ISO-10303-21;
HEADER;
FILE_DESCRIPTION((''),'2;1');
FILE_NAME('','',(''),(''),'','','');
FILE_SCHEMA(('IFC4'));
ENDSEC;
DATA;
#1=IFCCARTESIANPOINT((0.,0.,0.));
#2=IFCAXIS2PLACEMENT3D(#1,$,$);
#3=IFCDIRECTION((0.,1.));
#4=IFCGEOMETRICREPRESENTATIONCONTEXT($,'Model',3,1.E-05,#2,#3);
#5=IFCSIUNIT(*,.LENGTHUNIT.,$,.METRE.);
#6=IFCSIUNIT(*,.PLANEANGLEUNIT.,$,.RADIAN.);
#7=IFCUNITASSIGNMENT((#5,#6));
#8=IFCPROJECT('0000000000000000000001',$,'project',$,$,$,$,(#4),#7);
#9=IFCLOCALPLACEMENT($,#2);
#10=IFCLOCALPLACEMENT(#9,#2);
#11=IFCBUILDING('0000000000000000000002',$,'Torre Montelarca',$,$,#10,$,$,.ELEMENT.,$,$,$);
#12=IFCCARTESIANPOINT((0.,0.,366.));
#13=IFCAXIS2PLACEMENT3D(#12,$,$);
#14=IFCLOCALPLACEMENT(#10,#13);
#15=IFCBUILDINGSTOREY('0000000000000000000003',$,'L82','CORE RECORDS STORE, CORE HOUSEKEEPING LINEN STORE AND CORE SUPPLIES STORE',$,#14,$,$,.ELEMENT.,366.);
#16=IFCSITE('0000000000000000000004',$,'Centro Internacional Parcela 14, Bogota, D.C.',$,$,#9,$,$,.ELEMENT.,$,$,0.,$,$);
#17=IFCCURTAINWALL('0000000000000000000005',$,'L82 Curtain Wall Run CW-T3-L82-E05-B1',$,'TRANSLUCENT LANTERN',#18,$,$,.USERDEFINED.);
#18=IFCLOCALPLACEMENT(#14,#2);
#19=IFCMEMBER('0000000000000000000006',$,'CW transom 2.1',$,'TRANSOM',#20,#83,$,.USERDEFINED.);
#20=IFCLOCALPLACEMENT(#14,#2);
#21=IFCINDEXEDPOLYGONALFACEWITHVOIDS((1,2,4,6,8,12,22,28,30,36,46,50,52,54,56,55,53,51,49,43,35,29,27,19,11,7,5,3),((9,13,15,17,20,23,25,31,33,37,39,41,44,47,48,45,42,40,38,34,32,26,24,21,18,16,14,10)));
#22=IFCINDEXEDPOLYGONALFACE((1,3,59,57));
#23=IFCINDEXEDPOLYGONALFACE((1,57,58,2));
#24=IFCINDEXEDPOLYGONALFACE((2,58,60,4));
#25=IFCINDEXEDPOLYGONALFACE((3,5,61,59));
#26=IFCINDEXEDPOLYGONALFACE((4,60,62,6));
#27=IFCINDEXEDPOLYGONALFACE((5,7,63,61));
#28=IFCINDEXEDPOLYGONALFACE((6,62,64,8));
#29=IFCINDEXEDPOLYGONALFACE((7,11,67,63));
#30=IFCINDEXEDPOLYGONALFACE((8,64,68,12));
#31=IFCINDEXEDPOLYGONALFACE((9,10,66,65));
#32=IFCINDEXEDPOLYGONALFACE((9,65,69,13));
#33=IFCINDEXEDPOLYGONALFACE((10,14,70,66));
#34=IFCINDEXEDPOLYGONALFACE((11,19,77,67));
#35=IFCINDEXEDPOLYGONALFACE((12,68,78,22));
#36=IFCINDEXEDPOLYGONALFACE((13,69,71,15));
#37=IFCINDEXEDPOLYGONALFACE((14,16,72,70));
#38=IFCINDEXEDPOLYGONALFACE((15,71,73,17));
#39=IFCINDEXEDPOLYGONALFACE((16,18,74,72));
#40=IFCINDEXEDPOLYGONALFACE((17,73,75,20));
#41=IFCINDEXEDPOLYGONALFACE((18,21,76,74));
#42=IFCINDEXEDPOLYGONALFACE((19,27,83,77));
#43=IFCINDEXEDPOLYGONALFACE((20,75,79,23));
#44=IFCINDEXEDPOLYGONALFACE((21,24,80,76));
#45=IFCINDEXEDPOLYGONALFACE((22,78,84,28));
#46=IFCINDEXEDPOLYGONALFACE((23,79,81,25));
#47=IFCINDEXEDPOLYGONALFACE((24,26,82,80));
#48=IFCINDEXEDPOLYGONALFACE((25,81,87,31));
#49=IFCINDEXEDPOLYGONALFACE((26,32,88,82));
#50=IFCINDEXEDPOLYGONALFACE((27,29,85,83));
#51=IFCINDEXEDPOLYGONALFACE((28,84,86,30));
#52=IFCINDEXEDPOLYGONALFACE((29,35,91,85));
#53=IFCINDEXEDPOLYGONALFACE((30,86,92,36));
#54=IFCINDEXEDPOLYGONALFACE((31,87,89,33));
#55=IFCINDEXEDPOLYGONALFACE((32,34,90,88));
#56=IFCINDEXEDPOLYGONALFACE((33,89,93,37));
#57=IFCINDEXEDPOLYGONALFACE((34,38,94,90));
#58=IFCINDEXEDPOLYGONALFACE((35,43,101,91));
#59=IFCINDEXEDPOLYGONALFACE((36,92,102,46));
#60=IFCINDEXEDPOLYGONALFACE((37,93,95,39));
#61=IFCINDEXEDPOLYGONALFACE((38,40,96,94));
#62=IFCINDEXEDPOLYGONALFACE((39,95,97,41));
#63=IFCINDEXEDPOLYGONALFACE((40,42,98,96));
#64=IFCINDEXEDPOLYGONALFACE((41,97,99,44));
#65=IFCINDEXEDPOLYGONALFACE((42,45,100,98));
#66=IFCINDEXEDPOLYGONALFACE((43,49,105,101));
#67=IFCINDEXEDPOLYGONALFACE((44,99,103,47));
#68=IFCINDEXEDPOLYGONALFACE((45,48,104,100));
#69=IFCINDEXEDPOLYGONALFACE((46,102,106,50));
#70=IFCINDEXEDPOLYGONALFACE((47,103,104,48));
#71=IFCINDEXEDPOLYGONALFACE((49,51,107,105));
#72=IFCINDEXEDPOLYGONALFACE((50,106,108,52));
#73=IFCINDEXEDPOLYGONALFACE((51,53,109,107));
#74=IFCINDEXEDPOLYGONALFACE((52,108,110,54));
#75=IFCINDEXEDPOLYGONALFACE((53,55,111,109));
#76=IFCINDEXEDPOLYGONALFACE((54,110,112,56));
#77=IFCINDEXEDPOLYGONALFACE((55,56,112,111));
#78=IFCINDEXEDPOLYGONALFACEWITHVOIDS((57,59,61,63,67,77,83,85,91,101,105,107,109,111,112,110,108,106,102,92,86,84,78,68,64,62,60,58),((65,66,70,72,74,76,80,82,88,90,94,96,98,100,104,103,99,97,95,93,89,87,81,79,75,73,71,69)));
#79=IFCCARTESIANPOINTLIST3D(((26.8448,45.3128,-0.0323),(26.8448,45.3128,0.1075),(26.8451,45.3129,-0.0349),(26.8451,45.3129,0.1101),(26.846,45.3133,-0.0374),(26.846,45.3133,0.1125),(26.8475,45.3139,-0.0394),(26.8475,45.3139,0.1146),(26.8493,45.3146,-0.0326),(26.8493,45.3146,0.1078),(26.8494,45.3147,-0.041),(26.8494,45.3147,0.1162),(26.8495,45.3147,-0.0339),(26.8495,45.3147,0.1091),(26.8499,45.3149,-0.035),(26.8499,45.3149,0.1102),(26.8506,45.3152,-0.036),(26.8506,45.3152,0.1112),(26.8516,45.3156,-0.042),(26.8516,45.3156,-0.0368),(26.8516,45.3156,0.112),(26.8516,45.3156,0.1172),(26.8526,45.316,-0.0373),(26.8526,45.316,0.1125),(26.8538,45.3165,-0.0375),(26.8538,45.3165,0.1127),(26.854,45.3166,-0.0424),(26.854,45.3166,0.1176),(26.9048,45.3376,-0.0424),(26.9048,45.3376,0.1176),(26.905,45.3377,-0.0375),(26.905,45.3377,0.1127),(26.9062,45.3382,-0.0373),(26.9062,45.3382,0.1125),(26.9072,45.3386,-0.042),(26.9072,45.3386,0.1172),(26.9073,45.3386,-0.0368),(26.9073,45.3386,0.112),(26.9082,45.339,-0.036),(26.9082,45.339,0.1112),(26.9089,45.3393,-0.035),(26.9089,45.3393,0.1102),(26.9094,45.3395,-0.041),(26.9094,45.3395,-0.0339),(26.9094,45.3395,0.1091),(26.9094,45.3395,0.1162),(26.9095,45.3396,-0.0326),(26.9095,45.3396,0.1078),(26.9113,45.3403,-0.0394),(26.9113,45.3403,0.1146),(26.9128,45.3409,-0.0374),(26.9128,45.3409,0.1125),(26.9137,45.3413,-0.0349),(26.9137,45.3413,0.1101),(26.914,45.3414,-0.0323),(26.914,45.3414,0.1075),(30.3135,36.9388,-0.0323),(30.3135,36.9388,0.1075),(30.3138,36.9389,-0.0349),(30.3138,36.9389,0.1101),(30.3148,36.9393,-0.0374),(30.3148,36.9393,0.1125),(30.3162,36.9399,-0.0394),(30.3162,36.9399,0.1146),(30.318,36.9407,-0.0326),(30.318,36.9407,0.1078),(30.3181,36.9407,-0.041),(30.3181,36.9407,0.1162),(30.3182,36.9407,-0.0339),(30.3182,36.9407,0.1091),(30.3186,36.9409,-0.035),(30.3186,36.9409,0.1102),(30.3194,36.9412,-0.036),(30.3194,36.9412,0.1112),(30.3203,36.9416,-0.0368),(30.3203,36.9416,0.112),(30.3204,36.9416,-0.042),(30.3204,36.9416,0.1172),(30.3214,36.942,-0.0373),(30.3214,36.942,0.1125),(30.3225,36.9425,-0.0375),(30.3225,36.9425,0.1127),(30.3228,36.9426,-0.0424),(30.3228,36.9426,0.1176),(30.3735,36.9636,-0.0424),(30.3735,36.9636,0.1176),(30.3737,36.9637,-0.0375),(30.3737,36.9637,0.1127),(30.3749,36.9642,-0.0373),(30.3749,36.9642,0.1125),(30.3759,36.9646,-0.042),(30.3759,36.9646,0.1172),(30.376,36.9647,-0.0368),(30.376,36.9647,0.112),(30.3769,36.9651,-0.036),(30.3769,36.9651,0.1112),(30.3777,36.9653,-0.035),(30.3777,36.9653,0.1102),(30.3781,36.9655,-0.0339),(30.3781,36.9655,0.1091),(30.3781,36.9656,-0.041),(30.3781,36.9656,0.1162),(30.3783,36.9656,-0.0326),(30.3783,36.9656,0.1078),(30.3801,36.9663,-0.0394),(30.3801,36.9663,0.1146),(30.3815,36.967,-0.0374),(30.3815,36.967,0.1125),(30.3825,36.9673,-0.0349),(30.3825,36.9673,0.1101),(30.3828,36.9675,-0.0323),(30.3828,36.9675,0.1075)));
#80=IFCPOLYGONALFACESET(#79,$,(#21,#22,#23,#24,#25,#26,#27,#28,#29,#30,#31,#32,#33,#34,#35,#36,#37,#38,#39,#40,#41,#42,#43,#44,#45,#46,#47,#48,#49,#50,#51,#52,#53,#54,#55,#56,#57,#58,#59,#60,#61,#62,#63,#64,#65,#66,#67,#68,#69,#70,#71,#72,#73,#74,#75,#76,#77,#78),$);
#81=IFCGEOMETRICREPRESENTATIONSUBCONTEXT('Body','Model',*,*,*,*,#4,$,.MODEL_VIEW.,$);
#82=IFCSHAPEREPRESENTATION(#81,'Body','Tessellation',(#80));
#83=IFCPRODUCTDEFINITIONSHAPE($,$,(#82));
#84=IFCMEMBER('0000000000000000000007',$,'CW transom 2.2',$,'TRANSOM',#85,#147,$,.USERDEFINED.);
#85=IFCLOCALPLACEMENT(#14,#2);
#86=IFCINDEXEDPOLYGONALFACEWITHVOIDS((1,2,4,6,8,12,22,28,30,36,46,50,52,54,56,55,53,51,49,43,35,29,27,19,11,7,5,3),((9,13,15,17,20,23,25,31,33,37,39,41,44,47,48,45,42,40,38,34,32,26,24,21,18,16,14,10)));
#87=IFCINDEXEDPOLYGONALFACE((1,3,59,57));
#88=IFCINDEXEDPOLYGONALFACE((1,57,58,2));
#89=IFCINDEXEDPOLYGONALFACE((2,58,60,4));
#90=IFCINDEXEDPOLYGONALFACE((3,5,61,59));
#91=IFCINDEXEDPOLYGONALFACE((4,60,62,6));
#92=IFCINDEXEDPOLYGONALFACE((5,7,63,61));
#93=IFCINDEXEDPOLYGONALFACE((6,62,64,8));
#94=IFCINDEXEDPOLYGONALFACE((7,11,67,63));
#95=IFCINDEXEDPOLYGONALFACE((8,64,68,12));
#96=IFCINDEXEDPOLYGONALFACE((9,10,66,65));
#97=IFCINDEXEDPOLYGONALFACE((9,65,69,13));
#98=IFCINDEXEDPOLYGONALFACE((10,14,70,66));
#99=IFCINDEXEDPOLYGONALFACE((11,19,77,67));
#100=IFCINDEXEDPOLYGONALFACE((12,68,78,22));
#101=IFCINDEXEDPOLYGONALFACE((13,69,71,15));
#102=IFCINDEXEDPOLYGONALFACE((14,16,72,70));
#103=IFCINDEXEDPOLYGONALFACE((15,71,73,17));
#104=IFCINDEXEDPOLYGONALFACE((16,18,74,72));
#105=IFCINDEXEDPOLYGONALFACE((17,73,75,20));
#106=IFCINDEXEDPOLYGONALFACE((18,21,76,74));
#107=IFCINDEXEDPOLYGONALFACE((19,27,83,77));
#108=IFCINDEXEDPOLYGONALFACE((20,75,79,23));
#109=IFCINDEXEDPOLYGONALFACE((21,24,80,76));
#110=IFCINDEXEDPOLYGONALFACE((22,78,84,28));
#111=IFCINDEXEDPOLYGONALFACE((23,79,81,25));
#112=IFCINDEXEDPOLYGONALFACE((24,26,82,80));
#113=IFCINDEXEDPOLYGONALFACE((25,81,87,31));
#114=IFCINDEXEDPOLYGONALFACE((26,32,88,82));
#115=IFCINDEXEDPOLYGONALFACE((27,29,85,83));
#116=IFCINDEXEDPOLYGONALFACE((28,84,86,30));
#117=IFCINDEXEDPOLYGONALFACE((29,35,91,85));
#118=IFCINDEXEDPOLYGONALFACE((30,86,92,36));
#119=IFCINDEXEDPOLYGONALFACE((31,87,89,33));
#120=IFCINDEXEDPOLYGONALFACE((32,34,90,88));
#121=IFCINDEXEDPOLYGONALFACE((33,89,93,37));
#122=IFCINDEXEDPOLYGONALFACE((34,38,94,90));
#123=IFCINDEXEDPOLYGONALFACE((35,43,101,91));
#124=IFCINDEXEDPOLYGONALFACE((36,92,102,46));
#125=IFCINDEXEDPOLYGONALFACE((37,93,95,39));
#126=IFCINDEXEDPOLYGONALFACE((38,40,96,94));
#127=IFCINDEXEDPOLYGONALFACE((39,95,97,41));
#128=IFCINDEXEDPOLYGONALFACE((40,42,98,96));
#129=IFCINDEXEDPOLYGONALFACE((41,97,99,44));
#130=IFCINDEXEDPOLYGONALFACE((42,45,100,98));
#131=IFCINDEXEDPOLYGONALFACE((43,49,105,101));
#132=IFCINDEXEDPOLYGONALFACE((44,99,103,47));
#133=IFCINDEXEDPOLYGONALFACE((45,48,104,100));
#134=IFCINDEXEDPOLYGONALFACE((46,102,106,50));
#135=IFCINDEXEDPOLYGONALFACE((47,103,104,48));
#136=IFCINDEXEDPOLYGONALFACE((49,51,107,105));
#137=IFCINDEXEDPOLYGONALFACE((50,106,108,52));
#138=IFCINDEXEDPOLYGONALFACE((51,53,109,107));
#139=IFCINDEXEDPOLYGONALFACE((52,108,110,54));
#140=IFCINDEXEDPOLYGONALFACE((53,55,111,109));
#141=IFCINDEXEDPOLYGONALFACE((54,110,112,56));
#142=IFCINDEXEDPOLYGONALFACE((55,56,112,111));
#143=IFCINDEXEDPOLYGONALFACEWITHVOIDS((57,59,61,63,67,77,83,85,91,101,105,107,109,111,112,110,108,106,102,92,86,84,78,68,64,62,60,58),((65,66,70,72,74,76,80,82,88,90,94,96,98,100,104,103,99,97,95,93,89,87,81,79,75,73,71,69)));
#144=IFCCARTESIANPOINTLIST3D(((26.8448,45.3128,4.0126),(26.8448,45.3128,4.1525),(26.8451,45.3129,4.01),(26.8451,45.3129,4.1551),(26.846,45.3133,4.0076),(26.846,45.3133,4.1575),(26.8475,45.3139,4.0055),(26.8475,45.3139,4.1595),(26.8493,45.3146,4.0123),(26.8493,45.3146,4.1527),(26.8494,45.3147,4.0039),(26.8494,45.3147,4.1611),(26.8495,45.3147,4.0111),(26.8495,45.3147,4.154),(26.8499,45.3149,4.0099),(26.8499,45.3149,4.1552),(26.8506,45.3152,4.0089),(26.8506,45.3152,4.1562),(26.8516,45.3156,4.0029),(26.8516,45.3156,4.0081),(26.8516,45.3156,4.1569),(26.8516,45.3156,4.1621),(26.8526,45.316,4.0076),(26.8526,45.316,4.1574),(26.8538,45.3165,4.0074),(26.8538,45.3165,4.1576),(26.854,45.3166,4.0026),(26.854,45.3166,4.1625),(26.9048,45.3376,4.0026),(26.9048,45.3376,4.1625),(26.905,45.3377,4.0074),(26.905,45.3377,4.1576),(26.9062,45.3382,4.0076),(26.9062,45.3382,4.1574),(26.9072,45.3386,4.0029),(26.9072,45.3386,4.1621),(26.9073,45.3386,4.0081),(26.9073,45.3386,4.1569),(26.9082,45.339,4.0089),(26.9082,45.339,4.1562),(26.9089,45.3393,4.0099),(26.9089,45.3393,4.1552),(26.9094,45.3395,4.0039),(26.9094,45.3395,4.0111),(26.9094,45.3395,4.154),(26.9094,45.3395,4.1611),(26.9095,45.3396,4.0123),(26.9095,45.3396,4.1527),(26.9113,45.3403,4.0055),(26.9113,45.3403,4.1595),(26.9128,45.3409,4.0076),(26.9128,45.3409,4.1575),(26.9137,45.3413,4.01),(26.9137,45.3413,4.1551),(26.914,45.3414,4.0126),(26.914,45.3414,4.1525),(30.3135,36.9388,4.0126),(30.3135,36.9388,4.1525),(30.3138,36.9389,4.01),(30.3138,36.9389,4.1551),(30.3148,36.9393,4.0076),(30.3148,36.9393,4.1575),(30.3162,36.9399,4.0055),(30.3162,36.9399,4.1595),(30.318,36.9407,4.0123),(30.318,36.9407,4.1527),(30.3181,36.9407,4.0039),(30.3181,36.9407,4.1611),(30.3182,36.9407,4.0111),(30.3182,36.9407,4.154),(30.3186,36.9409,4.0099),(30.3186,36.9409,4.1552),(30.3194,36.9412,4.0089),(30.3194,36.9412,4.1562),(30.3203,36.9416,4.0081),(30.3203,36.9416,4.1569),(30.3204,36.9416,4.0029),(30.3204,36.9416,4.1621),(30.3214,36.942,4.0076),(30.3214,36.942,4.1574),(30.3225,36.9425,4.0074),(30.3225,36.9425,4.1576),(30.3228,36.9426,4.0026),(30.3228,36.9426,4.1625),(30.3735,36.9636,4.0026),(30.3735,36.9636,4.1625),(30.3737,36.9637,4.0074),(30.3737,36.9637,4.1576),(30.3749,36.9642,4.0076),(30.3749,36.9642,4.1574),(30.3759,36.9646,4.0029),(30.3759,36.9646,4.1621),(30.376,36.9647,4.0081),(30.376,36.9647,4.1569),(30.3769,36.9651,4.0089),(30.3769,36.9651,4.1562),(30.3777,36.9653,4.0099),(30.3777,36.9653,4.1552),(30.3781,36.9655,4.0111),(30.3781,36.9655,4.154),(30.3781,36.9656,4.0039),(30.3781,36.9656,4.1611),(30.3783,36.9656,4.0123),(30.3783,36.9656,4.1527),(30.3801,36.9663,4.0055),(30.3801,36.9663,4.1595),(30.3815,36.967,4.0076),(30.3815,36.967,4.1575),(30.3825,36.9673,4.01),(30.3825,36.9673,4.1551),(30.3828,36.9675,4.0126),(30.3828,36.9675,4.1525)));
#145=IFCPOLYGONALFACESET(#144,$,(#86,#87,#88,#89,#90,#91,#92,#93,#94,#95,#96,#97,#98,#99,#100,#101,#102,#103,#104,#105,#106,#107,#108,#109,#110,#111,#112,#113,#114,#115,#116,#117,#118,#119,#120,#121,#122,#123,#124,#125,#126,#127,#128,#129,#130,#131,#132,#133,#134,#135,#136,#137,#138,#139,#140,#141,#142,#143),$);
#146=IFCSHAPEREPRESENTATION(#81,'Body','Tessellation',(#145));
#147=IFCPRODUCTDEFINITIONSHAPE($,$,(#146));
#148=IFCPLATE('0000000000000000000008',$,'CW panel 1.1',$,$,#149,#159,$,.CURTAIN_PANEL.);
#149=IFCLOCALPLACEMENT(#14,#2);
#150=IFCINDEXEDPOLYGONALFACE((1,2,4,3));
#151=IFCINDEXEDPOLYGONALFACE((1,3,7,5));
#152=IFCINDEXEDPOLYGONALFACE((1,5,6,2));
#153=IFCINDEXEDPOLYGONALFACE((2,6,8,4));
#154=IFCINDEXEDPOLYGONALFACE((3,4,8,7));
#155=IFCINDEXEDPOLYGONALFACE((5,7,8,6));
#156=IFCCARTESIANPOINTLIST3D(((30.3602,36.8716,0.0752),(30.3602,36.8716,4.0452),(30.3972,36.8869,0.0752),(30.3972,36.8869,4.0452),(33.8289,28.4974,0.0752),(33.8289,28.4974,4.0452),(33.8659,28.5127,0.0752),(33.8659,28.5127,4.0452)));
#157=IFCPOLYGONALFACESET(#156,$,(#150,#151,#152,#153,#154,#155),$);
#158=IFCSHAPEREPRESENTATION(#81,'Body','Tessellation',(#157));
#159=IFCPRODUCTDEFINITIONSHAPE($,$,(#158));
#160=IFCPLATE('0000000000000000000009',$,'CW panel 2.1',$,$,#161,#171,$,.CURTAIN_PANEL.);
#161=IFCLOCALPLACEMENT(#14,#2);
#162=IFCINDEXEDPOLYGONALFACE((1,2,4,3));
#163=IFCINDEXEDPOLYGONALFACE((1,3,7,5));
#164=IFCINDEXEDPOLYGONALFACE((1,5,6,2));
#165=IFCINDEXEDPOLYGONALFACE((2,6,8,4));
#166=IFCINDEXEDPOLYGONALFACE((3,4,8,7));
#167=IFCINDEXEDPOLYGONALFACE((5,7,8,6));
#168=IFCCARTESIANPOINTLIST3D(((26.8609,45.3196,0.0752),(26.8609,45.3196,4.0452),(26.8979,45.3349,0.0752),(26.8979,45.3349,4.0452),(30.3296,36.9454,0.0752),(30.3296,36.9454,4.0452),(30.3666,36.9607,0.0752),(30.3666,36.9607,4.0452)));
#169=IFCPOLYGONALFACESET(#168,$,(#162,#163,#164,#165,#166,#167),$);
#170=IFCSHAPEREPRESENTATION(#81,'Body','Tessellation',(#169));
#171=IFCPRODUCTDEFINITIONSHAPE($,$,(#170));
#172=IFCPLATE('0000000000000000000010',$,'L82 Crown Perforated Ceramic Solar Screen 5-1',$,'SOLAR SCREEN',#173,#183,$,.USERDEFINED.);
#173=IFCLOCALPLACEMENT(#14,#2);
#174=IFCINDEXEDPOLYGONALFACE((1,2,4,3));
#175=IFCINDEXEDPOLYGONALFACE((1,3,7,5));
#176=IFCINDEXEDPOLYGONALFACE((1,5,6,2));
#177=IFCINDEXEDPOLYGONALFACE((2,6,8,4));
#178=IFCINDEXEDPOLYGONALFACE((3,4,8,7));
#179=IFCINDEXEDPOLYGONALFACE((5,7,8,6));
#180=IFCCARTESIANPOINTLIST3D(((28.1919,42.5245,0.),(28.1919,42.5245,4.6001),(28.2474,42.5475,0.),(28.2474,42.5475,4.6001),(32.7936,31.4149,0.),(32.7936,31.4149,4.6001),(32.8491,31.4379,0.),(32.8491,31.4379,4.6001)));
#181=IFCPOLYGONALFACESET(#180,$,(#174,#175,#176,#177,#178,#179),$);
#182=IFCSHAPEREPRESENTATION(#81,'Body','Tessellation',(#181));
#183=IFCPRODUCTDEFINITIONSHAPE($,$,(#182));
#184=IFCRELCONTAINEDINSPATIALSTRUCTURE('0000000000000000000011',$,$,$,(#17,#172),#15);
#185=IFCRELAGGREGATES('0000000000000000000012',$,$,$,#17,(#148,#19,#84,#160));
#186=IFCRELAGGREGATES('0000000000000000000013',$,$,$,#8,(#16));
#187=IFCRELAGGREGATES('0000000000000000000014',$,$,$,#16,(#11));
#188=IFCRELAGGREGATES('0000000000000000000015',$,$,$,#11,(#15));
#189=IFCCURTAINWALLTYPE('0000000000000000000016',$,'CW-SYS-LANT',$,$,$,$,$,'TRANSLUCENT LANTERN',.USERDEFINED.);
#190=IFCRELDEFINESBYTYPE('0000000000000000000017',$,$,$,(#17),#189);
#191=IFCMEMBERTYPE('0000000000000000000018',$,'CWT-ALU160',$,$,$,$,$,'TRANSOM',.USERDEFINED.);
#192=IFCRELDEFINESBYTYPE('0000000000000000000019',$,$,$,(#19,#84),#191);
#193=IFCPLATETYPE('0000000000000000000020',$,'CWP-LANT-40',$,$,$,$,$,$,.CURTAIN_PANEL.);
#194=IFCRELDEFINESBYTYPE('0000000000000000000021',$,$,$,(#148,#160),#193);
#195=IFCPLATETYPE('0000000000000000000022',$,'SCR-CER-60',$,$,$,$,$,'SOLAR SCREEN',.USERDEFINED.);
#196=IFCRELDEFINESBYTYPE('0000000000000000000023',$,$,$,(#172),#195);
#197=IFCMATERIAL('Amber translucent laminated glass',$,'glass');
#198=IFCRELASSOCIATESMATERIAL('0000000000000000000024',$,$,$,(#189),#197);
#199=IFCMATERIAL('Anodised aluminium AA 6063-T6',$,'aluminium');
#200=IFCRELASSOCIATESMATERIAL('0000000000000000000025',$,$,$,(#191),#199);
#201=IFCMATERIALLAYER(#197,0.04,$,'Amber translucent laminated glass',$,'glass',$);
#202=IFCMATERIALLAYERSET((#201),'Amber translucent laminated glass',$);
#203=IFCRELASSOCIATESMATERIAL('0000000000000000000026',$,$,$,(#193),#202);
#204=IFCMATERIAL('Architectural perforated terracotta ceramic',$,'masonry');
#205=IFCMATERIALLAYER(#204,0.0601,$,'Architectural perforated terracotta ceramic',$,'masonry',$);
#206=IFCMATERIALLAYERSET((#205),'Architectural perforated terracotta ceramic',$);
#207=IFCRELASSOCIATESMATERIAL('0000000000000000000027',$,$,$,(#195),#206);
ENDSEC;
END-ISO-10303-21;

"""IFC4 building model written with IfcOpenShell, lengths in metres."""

from ifc_helpers import new_model, si_unit, direction, frame, origin, origin_2d, place, context, subcontext, project, spatial, rectangle, hollow_rectangle, extrude, source, transform, mapped, material, layer, layer_set, material_profile, profile_set, type_object, element, aggregate, save


model = new_model("IFC4")

# Units and contexts
model_context = context("Model", 3, precision=1e-05, world=origin(), true_north=direction((0.0, 1.0)))
body_context = subcontext(model_context, "Body", "Model", "MODEL_VIEW")
ifc_project = project(units=[si_unit("LENGTHUNIT", "METRE"), si_unit("PLANEANGLEUNIT", "RADIAN")], contexts=[model_context])

# Site, building, storey
site_placement = place(None, origin())
site = spatial("IfcSite", under=ifc_project, at=site_placement, Name="Centro Internacional Parcela 14, Bogota, D.C.", CompositionType="ELEMENT", RefElevation=0.0)
building_placement = place(site_placement, origin())
building = spatial("IfcBuilding", under=site, at=building_placement, Name="Torre Montelarca", CompositionType="ELEMENT")
storey_placement = place(building_placement, frame((0.0, 0.0, 366.0)))
storey = spatial("IfcBuildingStorey", under=building, at=storey_placement, Name="L82", Description="CORE RECORDS STORE, CORE HOUSEKEEPING LINEN STORE AND CORE SUPPLIES STORE", CompositionType="ELEMENT", Elevation=366.0)

# Curtain wall, members, plates
ifc_material_1 = material(Name="Amber translucent laminated glass", Category="glass")
curtain_wall_type = type_object("IfcCurtainWallType", Name="CW-SYS-LANT", ElementType="TRANSLUCENT LANTERN", PredefinedType="USERDEFINED", material=ifc_material_1)
curtain_wall_placement = place(storey_placement, origin())
curtain_wall = element("IfcCurtainWall", 1, at=curtain_wall_placement, inside=storey, type_object=curtain_wall_type, Name="L82 Curtain Wall Run CW-T3-L82-E05-B1", ObjectType="TRANSLUCENT LANTERN", PredefinedType="USERDEFINED")
ifc_material_2 = material(Name="Anodised aluminium AA 6063-T6", Category="aluminium")
ifc_material_profile_1 = material_profile(ifc_material_2, hollow_rectangle(XDim=0.075, YDim=0.1599, WallThickness=0.0049, InnerFilletRadius=0.0049, OuterFilletRadius=0.01, at=origin_2d()), Name="ALU75X160X5", Category="aluminium")
ifc_profile_set_1 = profile_set([ifc_material_profile_1], Name="Anodised aluminium AA 6063-T6")
member_type_1 = type_object("IfcMemberType", Name="CWT-ALU160", ElementType="TRANSOM", PredefinedType="USERDEFINED", material=ifc_profile_set_1)
shared_shape_1 = source(origin(), body_context, "Body", "SweptSolid", [
    extrude(hollow_rectangle(XDim=0.075, YDim=0.1599, WallThickness=0.0049, InnerFilletRadius=0.0049, OuterFilletRadius=0.01, at=origin_2d()), origin(), (0.0, 0.0, 1.0), 9.064),
])
member_1_placement = place(storey_placement, frame((30.3481, 36.9531, 0.0376), z_axis=(-0.382694, 0.923875, 0.0), x_axis=(-0.923875, -0.382694, 0.0)))
member_1 = element("IfcMember", 2, at=member_1_placement, type_object=member_type_1, Name="CW transom 2.1", ObjectType="TRANSOM", PredefinedType="USERDEFINED", context=body_context, shape_type="MappedRepresentation", body=[
    mapped(shared_shape_1, transform((0.0, 0.0, 0.0), scale=1.0)),
])
member_2_placement = place(storey_placement, frame((30.3481, 36.9531, 4.0825), z_axis=(-0.382694, 0.923875, 0.0), x_axis=(-0.923875, -0.382694, 0.0)))
member_2 = element("IfcMember", 3, at=member_2_placement, type_object=member_type_1, Name="CW transom 2.2", ObjectType="TRANSOM", PredefinedType="USERDEFINED", context=body_context, shape_type="MappedRepresentation", body=[
    mapped(shared_shape_1, transform((0.0, 0.0, 0.0), scale=1.0)),
])
ifc_layer_1 = layer(ifc_material_1, 0.04, Name="Amber translucent laminated glass", Category="glass")
ifc_layer_set_1 = layer_set([ifc_layer_1], Name="Amber translucent laminated glass")
plate_type_1 = type_object("IfcPlateType", Name="CWP-LANT-40", PredefinedType="CURTAIN_PANEL", material=ifc_layer_set_1)
shared_shape_2 = source(origin(), body_context, "Body", "SweptSolid", [
    extrude(rectangle(XDim=9.0642, YDim=0.04, at=origin_2d()), origin(), (0.0, 0.0, 1.0), 3.97),
])
plate_1_placement = place(storey_placement, frame((32.113, 32.6921, 0.0752), z_axis=(0.0, 0.0, 1.0), x_axis=(-0.382683, 0.92388, 0.0)))
plate_1 = element("IfcPlate", 4, at=plate_1_placement, type_object=plate_type_1, Name="CW panel 1.1", PredefinedType="CURTAIN_PANEL", context=body_context, shape_type="MappedRepresentation", body=[
    mapped(shared_shape_2, transform((0.0, 0.0, 0.0), scale=1.0)),
])
plate_2_placement = place(storey_placement, frame((28.6138, 41.1401, 0.0752), z_axis=(0.0, 0.0, 1.0), x_axis=(-0.382683, 0.92388, 0.0)))
plate_2 = element("IfcPlate", 5, at=plate_2_placement, type_object=plate_type_1, Name="CW panel 2.1", PredefinedType="CURTAIN_PANEL", context=body_context, shape_type="MappedRepresentation", body=[
    mapped(shared_shape_2, transform((0.0, 0.0, 0.0), scale=1.0)),
])
aggregate(curtain_wall, [plate_1, member_1, member_2, plate_2])

# Plate
ifc_material_3 = material(Name="Architectural perforated terracotta ceramic", Category="masonry")
ifc_layer_2 = layer(ifc_material_3, 0.0601, Name="Architectural perforated terracotta ceramic", Category="masonry")
ifc_layer_set_2 = layer_set([ifc_layer_2], Name="Architectural perforated terracotta ceramic")
plate_type_2 = type_object("IfcPlateType", Name="SCR-CER-60", ElementType="SOLAR SCREEN", PredefinedType="USERDEFINED", material=ifc_layer_set_2)
shared_shape_3 = source(origin(), body_context, "Body", "SweptSolid", [
    extrude(rectangle(XDim=12.0249, YDim=0.0601, at=origin_2d()), origin(), (0.0, 0.0, 1.0), 4.6001),
])
plate_3_placement = place(storey_placement, frame((30.5205, 36.9812, 0.0), z_axis=(0.0, 0.0, 1.0), x_axis=(-0.382685, 0.923879, 0.0)))
element("IfcPlate", 6, at=plate_3_placement, inside=storey, type_object=plate_type_2, Name="L82 Crown Perforated Ceramic Solar Screen 5-1", ObjectType="SOLAR SCREEN", PredefinedType="USERDEFINED", context=body_context, shape_type="MappedRepresentation", body=[
    mapped(shared_shape_3, transform((0.0, 0.0, 0.0), scale=1.0)),
])

save(model, "model.ifc")
